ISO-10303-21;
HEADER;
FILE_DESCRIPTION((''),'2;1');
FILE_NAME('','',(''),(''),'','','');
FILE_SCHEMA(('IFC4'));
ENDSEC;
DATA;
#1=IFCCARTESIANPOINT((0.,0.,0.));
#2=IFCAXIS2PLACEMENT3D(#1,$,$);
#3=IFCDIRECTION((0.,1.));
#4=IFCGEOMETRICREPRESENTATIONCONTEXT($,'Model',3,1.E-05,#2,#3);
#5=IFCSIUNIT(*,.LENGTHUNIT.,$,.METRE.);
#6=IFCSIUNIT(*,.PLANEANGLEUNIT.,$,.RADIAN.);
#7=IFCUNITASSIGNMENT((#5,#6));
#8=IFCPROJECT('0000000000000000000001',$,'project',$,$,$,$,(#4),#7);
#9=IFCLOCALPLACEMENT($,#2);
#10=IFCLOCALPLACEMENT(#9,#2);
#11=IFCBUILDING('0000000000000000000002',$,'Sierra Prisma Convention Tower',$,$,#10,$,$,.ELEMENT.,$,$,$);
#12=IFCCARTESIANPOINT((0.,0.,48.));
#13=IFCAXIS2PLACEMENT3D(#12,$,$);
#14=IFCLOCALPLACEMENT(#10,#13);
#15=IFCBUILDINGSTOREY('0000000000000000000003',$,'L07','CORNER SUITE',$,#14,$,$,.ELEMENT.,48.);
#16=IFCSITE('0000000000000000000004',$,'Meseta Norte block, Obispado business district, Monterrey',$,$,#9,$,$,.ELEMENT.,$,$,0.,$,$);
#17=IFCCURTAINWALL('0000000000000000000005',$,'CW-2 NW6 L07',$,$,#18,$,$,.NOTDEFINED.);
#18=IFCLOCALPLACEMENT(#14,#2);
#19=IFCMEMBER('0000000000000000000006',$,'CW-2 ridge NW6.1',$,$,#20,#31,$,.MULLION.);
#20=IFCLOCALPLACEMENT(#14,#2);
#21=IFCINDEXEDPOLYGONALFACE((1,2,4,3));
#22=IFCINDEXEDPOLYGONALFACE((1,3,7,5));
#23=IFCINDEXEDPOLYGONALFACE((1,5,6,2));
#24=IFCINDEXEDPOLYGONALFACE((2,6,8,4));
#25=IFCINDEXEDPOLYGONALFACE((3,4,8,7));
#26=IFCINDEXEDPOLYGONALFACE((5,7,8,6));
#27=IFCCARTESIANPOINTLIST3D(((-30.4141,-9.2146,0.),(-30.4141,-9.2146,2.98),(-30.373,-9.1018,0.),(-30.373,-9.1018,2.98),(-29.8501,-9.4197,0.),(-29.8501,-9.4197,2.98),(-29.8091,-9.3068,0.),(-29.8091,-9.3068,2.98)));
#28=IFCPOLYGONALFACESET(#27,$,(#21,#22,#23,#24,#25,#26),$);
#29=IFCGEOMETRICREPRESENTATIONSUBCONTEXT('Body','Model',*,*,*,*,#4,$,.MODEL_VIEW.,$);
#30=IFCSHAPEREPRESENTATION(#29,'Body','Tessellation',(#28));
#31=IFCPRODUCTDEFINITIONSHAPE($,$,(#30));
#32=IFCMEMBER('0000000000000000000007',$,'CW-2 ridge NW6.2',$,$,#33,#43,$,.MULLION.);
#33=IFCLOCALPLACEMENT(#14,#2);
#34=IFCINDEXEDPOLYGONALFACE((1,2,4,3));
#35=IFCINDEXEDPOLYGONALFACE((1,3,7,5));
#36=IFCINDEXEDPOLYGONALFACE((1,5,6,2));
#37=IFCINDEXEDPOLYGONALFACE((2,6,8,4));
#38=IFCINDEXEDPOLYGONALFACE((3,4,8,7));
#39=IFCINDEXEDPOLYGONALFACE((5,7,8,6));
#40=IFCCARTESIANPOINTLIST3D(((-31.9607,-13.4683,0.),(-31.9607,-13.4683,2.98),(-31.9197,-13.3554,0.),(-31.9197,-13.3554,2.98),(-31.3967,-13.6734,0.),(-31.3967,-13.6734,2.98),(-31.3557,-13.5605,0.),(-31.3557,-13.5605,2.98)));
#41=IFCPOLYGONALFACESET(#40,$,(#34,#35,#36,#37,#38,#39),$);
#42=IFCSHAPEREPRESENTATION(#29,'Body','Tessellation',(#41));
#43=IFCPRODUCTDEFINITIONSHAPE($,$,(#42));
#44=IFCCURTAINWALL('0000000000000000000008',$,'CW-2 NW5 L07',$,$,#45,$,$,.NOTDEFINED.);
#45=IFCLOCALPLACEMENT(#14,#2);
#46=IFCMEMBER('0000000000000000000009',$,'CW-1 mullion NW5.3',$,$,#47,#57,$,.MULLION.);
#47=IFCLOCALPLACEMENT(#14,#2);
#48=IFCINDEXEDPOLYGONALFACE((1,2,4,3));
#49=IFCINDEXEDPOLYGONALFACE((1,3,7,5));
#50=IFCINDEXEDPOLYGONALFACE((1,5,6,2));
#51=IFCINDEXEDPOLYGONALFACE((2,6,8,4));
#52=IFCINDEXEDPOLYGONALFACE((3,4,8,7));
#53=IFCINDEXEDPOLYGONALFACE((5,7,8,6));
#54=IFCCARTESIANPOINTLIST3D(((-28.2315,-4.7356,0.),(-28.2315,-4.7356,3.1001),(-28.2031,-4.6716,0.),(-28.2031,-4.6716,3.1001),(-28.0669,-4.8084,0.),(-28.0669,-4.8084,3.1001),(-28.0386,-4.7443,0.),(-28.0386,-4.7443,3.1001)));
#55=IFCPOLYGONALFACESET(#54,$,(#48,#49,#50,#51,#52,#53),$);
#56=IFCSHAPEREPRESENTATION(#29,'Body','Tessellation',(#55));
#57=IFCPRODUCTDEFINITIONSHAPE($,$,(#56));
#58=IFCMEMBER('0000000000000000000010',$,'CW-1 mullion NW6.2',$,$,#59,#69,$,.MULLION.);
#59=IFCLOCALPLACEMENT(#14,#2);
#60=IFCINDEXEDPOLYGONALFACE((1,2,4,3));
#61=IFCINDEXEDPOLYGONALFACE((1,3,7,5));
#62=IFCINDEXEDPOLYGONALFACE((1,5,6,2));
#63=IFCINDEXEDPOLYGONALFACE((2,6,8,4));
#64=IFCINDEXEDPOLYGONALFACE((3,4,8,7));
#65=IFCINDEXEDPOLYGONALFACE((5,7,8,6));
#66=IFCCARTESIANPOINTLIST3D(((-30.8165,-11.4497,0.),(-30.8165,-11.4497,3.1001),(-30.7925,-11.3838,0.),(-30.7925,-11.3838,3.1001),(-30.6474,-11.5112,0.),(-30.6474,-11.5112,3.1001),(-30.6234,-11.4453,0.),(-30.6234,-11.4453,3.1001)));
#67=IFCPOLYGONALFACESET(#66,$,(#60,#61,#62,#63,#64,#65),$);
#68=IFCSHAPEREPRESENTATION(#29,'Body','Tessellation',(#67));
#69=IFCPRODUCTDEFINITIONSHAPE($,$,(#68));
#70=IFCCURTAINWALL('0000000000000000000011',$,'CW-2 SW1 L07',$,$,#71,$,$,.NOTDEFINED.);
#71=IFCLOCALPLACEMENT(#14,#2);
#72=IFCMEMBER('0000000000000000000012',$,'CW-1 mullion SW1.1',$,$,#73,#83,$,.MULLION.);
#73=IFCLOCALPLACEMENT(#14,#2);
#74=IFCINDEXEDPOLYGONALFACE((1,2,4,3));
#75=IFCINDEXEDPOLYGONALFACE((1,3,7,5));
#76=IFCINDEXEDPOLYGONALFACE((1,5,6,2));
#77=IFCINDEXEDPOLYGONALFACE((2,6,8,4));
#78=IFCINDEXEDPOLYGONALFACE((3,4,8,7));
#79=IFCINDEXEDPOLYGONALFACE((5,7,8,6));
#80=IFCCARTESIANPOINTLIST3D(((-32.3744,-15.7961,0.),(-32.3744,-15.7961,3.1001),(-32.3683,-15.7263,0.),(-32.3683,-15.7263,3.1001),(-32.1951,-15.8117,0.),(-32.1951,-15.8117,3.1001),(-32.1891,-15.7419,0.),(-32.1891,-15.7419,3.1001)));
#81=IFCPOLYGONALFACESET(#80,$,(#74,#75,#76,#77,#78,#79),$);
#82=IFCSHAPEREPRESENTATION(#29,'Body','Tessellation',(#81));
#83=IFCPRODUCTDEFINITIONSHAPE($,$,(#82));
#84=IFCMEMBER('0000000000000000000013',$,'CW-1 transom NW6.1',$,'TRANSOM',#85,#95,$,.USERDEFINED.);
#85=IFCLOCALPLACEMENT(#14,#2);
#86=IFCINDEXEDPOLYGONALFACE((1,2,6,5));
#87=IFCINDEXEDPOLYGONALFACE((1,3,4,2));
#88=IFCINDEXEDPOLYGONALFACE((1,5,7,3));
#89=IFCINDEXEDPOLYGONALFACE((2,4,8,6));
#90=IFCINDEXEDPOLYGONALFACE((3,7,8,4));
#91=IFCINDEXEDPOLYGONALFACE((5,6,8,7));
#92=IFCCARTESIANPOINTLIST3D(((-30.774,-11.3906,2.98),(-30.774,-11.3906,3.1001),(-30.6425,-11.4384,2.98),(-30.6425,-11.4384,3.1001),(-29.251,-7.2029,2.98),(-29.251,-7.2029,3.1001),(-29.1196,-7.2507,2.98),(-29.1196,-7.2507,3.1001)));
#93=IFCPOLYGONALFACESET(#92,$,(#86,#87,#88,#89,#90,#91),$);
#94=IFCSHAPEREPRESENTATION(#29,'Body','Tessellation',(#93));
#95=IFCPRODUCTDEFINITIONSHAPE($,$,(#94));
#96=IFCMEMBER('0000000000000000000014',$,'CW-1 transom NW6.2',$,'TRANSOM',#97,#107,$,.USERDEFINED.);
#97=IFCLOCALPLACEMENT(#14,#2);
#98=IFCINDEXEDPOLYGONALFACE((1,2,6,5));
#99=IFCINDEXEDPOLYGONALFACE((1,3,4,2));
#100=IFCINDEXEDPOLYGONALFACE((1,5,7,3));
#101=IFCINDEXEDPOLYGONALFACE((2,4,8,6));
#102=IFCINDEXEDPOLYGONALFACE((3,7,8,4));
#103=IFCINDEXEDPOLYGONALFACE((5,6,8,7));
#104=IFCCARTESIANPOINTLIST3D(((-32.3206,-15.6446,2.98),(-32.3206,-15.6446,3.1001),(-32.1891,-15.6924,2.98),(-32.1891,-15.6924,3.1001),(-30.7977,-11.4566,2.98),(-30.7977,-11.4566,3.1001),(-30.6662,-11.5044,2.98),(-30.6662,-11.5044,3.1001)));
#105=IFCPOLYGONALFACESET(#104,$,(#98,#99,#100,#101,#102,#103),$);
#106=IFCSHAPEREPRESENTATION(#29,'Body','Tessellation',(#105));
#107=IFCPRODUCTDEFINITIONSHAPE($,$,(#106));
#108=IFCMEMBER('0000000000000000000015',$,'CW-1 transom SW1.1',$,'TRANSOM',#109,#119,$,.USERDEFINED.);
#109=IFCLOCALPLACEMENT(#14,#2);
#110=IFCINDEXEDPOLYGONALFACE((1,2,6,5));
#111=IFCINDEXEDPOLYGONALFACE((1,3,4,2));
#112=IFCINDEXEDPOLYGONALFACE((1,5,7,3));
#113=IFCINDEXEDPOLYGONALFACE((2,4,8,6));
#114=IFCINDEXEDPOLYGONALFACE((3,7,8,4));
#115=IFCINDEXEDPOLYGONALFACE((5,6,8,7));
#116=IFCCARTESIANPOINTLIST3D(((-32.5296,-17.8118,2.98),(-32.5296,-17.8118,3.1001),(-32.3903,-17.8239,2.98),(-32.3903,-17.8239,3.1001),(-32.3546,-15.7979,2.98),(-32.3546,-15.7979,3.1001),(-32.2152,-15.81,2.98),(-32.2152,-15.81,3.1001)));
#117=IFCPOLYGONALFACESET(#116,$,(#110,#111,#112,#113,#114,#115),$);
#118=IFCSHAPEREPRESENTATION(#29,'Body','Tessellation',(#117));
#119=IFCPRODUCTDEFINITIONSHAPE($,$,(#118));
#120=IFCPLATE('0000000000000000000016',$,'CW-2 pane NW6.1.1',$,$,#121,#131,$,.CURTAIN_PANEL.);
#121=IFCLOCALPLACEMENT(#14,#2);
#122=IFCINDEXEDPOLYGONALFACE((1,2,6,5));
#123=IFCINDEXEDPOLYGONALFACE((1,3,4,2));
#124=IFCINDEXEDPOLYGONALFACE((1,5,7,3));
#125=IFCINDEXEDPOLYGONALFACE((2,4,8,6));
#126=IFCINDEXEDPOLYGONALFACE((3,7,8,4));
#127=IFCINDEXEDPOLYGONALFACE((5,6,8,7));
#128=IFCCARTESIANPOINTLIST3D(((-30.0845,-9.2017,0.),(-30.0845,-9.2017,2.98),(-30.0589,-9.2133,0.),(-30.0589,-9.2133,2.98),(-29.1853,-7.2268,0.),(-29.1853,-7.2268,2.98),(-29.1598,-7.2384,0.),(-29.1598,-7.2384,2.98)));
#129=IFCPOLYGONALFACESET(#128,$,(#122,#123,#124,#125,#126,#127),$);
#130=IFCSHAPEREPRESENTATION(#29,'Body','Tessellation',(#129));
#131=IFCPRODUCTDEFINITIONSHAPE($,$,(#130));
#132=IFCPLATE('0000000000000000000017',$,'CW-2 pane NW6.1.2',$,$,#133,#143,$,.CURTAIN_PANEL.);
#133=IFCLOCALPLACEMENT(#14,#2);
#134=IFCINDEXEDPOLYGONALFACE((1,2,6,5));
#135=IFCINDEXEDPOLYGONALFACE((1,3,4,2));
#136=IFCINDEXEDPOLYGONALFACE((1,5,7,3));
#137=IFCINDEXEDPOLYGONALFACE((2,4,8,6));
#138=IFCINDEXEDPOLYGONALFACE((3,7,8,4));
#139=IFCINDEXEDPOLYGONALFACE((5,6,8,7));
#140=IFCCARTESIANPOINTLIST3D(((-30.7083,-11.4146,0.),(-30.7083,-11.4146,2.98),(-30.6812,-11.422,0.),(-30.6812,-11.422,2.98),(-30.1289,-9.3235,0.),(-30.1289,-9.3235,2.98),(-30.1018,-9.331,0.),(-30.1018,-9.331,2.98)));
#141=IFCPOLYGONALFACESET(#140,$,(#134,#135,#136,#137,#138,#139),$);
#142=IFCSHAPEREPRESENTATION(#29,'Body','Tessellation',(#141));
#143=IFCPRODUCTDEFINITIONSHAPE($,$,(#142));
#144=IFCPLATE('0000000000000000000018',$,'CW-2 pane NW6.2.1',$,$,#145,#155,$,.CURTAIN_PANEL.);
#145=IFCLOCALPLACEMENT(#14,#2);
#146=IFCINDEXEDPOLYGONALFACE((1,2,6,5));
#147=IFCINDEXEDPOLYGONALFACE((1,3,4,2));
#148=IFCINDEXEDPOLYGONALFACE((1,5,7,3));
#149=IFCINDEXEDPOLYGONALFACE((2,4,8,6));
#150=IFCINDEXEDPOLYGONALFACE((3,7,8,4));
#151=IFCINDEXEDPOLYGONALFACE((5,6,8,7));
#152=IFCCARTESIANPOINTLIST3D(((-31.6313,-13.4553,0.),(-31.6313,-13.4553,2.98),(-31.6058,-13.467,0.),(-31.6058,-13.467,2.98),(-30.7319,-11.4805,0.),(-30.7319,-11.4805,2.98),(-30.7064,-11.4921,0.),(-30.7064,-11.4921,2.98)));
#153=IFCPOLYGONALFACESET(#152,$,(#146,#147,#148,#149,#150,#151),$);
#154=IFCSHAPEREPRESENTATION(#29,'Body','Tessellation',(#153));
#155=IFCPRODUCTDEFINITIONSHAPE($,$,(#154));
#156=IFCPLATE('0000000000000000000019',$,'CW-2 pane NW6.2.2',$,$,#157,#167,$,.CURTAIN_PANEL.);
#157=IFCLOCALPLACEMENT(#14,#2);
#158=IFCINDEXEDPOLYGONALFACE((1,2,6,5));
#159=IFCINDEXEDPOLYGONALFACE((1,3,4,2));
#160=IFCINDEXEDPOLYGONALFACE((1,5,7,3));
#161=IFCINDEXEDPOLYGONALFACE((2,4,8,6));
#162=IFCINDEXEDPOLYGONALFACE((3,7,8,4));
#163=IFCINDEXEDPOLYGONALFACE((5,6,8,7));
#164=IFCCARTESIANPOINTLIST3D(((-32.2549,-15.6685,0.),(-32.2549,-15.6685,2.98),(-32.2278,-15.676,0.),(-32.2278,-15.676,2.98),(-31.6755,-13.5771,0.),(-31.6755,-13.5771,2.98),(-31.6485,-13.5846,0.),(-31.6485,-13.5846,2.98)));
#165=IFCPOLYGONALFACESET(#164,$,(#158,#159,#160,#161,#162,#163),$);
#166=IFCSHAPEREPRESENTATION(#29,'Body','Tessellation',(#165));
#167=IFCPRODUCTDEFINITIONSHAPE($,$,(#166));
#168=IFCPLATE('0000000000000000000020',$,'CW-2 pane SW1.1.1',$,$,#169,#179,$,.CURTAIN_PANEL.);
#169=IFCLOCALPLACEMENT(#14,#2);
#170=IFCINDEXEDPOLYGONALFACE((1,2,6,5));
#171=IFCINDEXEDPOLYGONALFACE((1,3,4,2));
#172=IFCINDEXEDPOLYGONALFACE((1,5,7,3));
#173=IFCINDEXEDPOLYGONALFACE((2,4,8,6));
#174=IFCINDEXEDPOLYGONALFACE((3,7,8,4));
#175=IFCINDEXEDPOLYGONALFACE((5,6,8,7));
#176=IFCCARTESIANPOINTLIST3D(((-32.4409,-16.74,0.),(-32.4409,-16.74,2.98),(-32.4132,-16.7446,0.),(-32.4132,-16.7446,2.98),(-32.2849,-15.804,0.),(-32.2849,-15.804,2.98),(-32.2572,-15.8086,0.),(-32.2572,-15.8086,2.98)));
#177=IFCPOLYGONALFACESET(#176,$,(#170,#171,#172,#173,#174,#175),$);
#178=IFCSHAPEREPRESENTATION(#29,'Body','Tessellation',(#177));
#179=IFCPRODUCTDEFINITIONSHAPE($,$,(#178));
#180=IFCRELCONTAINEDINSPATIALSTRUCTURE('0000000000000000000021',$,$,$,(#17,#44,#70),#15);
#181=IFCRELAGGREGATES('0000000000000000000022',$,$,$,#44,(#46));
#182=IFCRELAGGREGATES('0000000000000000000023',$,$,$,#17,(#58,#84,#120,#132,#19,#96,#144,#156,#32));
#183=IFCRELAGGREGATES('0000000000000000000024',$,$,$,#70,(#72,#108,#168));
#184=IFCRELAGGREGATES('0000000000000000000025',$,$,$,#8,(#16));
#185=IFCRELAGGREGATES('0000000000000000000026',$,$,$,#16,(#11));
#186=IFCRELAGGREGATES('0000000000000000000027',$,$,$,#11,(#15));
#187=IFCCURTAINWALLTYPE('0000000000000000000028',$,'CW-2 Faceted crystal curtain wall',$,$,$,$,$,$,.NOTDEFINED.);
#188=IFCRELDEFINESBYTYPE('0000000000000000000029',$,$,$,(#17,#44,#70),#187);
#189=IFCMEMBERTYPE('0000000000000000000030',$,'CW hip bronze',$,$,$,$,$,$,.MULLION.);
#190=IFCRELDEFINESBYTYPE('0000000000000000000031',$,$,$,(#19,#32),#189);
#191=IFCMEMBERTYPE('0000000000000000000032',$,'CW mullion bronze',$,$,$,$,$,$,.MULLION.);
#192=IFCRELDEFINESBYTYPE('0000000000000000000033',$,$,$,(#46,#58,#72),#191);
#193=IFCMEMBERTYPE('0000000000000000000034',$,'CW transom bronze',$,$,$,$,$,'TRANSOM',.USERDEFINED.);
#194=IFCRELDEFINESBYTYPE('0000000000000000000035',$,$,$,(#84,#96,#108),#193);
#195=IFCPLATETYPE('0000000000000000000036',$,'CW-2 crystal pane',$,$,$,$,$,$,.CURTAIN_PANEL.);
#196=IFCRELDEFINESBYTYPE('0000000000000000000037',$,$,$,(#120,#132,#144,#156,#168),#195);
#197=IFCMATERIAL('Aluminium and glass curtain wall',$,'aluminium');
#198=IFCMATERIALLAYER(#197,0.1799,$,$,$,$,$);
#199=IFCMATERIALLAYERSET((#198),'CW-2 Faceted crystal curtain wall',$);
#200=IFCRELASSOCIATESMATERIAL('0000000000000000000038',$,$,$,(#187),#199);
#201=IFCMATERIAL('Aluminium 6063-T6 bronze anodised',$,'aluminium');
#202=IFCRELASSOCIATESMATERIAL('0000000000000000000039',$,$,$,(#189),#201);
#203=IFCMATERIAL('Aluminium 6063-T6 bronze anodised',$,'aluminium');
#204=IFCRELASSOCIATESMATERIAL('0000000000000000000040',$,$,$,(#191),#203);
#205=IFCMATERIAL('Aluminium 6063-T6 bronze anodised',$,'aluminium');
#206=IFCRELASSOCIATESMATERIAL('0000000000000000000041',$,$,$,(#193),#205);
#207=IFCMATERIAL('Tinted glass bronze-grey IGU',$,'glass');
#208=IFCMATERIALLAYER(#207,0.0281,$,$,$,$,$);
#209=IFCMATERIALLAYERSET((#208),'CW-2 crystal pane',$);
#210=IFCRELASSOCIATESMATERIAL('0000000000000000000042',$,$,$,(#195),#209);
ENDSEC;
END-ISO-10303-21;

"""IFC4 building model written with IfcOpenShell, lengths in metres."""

from ifc_helpers import new_model, si_unit, direction, frame, origin, origin_2d, place, context, subcontext, project, spatial, polyline, rectangle, outline, extrude, material, layer, layer_set, material_profile, profile_set, type_object, element, aggregate, save


model = new_model("IFC4")

# Units and contexts
model_context = context("Model", 3, precision=1e-05, world=origin(), true_north=direction((0.0, 1.0)))
body_context = subcontext(model_context, "Body", "Model", "MODEL_VIEW")
ifc_project = project(units=[si_unit("LENGTHUNIT", "METRE"), si_unit("PLANEANGLEUNIT", "RADIAN")], contexts=[model_context])

# Site, building, storey
site_placement = place(None, origin())
site = spatial("IfcSite", under=ifc_project, at=site_placement, Name="Meseta Norte block, Obispado business district, Monterrey", CompositionType="ELEMENT", RefElevation=0.0)
building_placement = place(site_placement, origin())
building = spatial("IfcBuilding", under=site, at=building_placement, Name="Sierra Prisma Convention Tower", CompositionType="ELEMENT")
storey_placement = place(building_placement, frame((0.0, 0.0, 48.0)))
storey = spatial("IfcBuildingStorey", under=building, at=storey_placement, Name="L07", Description="CORNER SUITE", CompositionType="ELEMENT", Elevation=48.0)

# Curtain wall, members
ifc_material_1 = material(Name="Aluminium and glass curtain wall", Category="aluminium")
ifc_layer_1 = layer(ifc_material_1, 0.1799)
ifc_layer_set_1 = layer_set([ifc_layer_1], Name="CW-2 Faceted crystal curtain wall")
curtain_wall_type = type_object("IfcCurtainWallType", Name="CW-2 Faceted crystal curtain wall", PredefinedType="NOTDEFINED", material=ifc_layer_set_1)
curtain_wall_1_placement = place(storey_placement, origin())
curtain_wall_1 = element("IfcCurtainWall", 1, at=curtain_wall_1_placement, inside=storey, type_object=curtain_wall_type, Name="CW-2 NW6 L07", PredefinedType="NOTDEFINED")
ifc_material_2 = material(Name="Aluminium 6063-T6 bronze anodised", Category="aluminium")
ifc_material_profile_1 = material_profile(ifc_material_2, rectangle(XDim=0.1201, YDim=0.6001, at=origin_2d()), Name="ALU RIDGE BLADE 120x600")
ifc_profile_set_1 = profile_set([ifc_material_profile_1], Name="Aluminium 6063-T6 bronze anodised")
member_type_1 = type_object("IfcMemberType", Name="CW hip bronze", PredefinedType="MULLION", material=ifc_profile_set_1)
member_1_placement = place(storey_placement, frame((-30.1116, -9.2607, 0.0), z_axis=(0.0, 0.0, 1.0), x_axis=(-0.34173, -0.939798, 0.0)))
member_1 = element("IfcMember", 2, at=member_1_placement, type_object=member_type_1, Name="CW-2 ridge NW6.1", PredefinedType="MULLION", context=body_context, shape_type="SweptSolid", body=[
    extrude(rectangle(XDim=0.1201, YDim=0.6001, at=origin_2d()), origin(), (0.0, 0.0, 1.0), 2.98),
])
member_2_placement = place(storey_placement, frame((-31.6582, -13.5144, 0.0), z_axis=(0.0, 0.0, 1.0), x_axis=(-0.34173, -0.939798, 0.0)))
member_2 = element("IfcMember", 3, at=member_2_placement, type_object=member_type_1, Name="CW-2 ridge NW6.2", PredefinedType="MULLION", context=body_context, shape_type="SweptSolid", body=[
    extrude(rectangle(XDim=0.1201, YDim=0.6001, at=origin_2d()), origin(), (0.0, 0.0, 1.0), 2.98),
])

# Curtain wall, member
curtain_wall_2_placement = place(storey_placement, origin())
curtain_wall_2 = element("IfcCurtainWall", 4, at=curtain_wall_2_placement, inside=storey, type_object=curtain_wall_type, Name="CW-2 NW5 L07", PredefinedType="NOTDEFINED")
ifc_material_3 = material(Name="Aluminium 6063-T6 bronze anodised", Category="aluminium")
ifc_material_profile_2 = material_profile(ifc_material_3, rectangle(XDim=0.1799, YDim=0.0701, at=origin_2d()), Name="ALU MULLION 70x180")
ifc_profile_set_2 = profile_set([ifc_material_profile_2], Name="Aluminium 6063-T6 bronze anodised")
member_type_2 = type_object("IfcMemberType", Name="CW mullion bronze", PredefinedType="MULLION", material=ifc_profile_set_2)
member_3_placement = place(storey_placement, frame((-28.135, -4.74, 0.0), z_axis=(0.0, 0.0, 1.0), x_axis=(0.914535, -0.404506, 0.0)))
member_3 = element("IfcMember", 5, at=member_3_placement, type_object=member_type_2, Name="CW-1 mullion NW5.3", PredefinedType="MULLION", context=body_context, shape_type="SweptSolid", body=[
    extrude(rectangle(XDim=0.1799, YDim=0.0701, at=origin_2d()), origin(), (0.0, 0.0, 1.0), 3.1001),
])
aggregate(curtain_wall_2, [member_3])

# Member
member_4_placement = place(storey_placement, frame((-30.72, -11.4475, 0.0), z_axis=(0.0, 0.0, 1.0), x_axis=(0.939798, -0.34173, 0.0)))
member_4 = element("IfcMember", 6, at=member_4_placement, type_object=member_type_2, Name="CW-1 mullion NW6.2", PredefinedType="MULLION", context=body_context, shape_type="SweptSolid", body=[
    extrude(rectangle(XDim=0.1799, YDim=0.0701, at=origin_2d()), origin(), (0.0, 0.0, 1.0), 3.1001),
])

# Curtain wall, member
curtain_wall_3_placement = place(storey_placement, origin())
curtain_wall_3 = element("IfcCurtainWall", 7, at=curtain_wall_3_placement, inside=storey, type_object=curtain_wall_type, Name="CW-2 SW1 L07", PredefinedType="NOTDEFINED")
member_5_placement = place(storey_placement, frame((-32.2817, -15.769, 0.0), z_axis=(0.0, 0.0, 1.0), x_axis=(0.996238, -0.086655, 0.0)))
member_5 = element("IfcMember", 8, at=member_5_placement, type_object=member_type_2, Name="CW-1 mullion SW1.1", PredefinedType="MULLION", context=body_context, shape_type="SweptSolid", body=[
    extrude(rectangle(XDim=0.1799, YDim=0.0701, at=origin_2d()), origin(), (0.0, 0.0, 1.0), 3.1001),
])

# Members
ifc_material_4 = material(Name="Aluminium 6063-T6 bronze anodised", Category="aluminium")
ifc_material_profile_3 = material_profile(ifc_material_4, rectangle(XDim=0.1399, YDim=0.1201, at=origin_2d()), Name="ALU TRANSOM 120x140")
ifc_profile_set_3 = profile_set([ifc_material_profile_3], Name="Aluminium 6063-T6 bronze anodised")
member_type_3 = type_object("IfcMemberType", Name="CW transom bronze", ElementType="TRANSOM", PredefinedType="USERDEFINED", material=ifc_profile_set_3)
member_6_placement = place(storey_placement, frame((-29.1853, -7.2268, 3.04), z_axis=(-0.341769, -0.939784, 0.0), x_axis=(0.939784, -0.341769, 0.0)))
member_6 = element("IfcMember", 9, at=member_6_placement, type_object=member_type_3, Name="CW-1 transom NW6.1", ObjectType="TRANSOM", PredefinedType="USERDEFINED", context=body_context, shape_type="SweptSolid", body=[
    extrude(rectangle(XDim=0.1399, YDim=0.1201, at=origin_2d()), origin(), (0.0, 0.0, 1.0), 4.4561),
])
member_7_placement = place(storey_placement, frame((-30.7319, -11.4805, 3.04), z_axis=(-0.341752, -0.93979, 0.0), x_axis=(0.93979, -0.341752, 0.0)))
member_7 = element("IfcMember", 10, at=member_7_placement, type_object=member_type_3, Name="CW-1 transom NW6.2", ObjectType="TRANSOM", PredefinedType="USERDEFINED", context=body_context, shape_type="SweptSolid", body=[
    extrude(rectangle(XDim=0.1399, YDim=0.1201, at=origin_2d()), origin(), (0.0, 0.0, 1.0), 4.4563),
])
member_8_placement = place(storey_placement, frame((-32.2849, -15.804, 3.04), z_axis=(-0.086593, -0.996244, 0.0), x_axis=(0.996244, -0.086593, 0.0)))
member_8 = element("IfcMember", 11, at=member_8_placement, type_object=member_type_3, Name="CW-1 transom SW1.1", ObjectType="TRANSOM", PredefinedType="USERDEFINED", context=body_context, shape_type="SweptSolid", body=[
    extrude(rectangle(XDim=0.1399, YDim=0.1201, at=origin_2d()), origin(), (0.0, 0.0, 1.0), 2.0215),
])

# Plates
ifc_material_5 = material(Name="Tinted glass bronze-grey IGU", Category="glass")
ifc_layer_2 = layer(ifc_material_5, 0.0281)
ifc_layer_set_2 = layer_set([ifc_layer_2], Name="CW-2 crystal pane")
plate_type = type_object("IfcPlateType", Name="CW-2 crystal pane", PredefinedType="CURTAIN_PANEL", material=ifc_layer_set_2)
plate_1_placement = place(storey_placement, frame((-29.1853, -7.2268, 0.0), z_axis=(-0.910104, 0.414379, 0.0), x_axis=(-0.414379, -0.910104, 0.0)))
plate_1 = element("IfcPlate", 12, at=plate_1_placement, type_object=plate_type, Name="CW-2 pane NW6.1.1", PredefinedType="CURTAIN_PANEL", context=body_context, shape_type="SweptSolid", body=[
    extrude(outline(polyline([(0.0, 0.0), (2.1699, 0.0), (2.1699, 2.98), (0.0, 2.98), (0.0, 0.0)])), origin(), (0.0, 0.0, -1.0), 0.0281),
])
plate_2_placement = place(storey_placement, frame((-30.7083, -11.4146, 0.0), z_axis=(-0.963697, 0.267, 0.0), x_axis=(0.267, 0.963697, 0.0)))
plate_2 = element("IfcPlate", 13, at=plate_2_placement, type_object=plate_type, Name="CW-2 pane NW6.1.2", PredefinedType="CURTAIN_PANEL", context=body_context, shape_type="SweptSolid", body=[
    extrude(outline(polyline([(0.0, 0.0), (2.1698, 0.0), (2.1698, -2.98), (0.0, -2.98), (0.0, 0.0)])), origin(), (0.0, 0.0, -1.0), 0.0281),
])
plate_3_placement = place(storey_placement, frame((-30.7319, -11.4805, 0.0), z_axis=(-0.910062, 0.414472, 0.0), x_axis=(-0.414472, -0.910062, 0.0)))
plate_3 = element("IfcPlate", 14, at=plate_3_placement, type_object=plate_type, Name="CW-2 pane NW6.2.1", PredefinedType="CURTAIN_PANEL", context=body_context, shape_type="SweptSolid", body=[
    extrude(outline(polyline([(0.0, 0.0), (2.17, 0.0), (2.17, 2.98), (0.0, 2.98), (0.0, 0.0)])), origin(), (0.0, 0.0, -1.0), 0.0281),
])
plate_4_placement = place(storey_placement, frame((-32.2549, -15.6685, 0.0), z_axis=(-0.963705, 0.266971, 0.0), x_axis=(0.266971, 0.963705, 0.0)))
plate_4 = element("IfcPlate", 15, at=plate_4_placement, type_object=plate_type, Name="CW-2 pane NW6.2.2", PredefinedType="CURTAIN_PANEL", context=body_context, shape_type="SweptSolid", body=[
    extrude(outline(polyline([(0.0, 0.0), (2.1701, 0.0), (2.1701, -2.98), (0.0, -2.98), (0.0, 0.0)])), origin(), (0.0, 0.0, -1.0), 0.0281),
])
aggregate(curtain_wall_1, [member_4, member_6, plate_1, plate_2, member_1, member_7, plate_3, plate_4, member_2])
plate_5_placement = place(storey_placement, frame((-32.2849, -15.804, 0.0), z_axis=(-0.986394, 0.164399, 0.0), x_axis=(-0.164399, -0.986394, 0.0)))
plate_5 = element("IfcPlate", 16, at=plate_5_placement, type_object=plate_type, Name="CW-2 pane SW1.1.1", PredefinedType="CURTAIN_PANEL", context=body_context, shape_type="SweptSolid", body=[
    extrude(outline(polyline([(0.0, 0.0), (0.9489, 0.0), (0.9489, 2.98), (0.0, 2.98), (0.0, 0.0)])), origin(), (0.0, 0.0, -1.0), 0.0281),
])
aggregate(curtain_wall_3, [member_5, member_8, plate_5])

save(model, "model.ifc")
